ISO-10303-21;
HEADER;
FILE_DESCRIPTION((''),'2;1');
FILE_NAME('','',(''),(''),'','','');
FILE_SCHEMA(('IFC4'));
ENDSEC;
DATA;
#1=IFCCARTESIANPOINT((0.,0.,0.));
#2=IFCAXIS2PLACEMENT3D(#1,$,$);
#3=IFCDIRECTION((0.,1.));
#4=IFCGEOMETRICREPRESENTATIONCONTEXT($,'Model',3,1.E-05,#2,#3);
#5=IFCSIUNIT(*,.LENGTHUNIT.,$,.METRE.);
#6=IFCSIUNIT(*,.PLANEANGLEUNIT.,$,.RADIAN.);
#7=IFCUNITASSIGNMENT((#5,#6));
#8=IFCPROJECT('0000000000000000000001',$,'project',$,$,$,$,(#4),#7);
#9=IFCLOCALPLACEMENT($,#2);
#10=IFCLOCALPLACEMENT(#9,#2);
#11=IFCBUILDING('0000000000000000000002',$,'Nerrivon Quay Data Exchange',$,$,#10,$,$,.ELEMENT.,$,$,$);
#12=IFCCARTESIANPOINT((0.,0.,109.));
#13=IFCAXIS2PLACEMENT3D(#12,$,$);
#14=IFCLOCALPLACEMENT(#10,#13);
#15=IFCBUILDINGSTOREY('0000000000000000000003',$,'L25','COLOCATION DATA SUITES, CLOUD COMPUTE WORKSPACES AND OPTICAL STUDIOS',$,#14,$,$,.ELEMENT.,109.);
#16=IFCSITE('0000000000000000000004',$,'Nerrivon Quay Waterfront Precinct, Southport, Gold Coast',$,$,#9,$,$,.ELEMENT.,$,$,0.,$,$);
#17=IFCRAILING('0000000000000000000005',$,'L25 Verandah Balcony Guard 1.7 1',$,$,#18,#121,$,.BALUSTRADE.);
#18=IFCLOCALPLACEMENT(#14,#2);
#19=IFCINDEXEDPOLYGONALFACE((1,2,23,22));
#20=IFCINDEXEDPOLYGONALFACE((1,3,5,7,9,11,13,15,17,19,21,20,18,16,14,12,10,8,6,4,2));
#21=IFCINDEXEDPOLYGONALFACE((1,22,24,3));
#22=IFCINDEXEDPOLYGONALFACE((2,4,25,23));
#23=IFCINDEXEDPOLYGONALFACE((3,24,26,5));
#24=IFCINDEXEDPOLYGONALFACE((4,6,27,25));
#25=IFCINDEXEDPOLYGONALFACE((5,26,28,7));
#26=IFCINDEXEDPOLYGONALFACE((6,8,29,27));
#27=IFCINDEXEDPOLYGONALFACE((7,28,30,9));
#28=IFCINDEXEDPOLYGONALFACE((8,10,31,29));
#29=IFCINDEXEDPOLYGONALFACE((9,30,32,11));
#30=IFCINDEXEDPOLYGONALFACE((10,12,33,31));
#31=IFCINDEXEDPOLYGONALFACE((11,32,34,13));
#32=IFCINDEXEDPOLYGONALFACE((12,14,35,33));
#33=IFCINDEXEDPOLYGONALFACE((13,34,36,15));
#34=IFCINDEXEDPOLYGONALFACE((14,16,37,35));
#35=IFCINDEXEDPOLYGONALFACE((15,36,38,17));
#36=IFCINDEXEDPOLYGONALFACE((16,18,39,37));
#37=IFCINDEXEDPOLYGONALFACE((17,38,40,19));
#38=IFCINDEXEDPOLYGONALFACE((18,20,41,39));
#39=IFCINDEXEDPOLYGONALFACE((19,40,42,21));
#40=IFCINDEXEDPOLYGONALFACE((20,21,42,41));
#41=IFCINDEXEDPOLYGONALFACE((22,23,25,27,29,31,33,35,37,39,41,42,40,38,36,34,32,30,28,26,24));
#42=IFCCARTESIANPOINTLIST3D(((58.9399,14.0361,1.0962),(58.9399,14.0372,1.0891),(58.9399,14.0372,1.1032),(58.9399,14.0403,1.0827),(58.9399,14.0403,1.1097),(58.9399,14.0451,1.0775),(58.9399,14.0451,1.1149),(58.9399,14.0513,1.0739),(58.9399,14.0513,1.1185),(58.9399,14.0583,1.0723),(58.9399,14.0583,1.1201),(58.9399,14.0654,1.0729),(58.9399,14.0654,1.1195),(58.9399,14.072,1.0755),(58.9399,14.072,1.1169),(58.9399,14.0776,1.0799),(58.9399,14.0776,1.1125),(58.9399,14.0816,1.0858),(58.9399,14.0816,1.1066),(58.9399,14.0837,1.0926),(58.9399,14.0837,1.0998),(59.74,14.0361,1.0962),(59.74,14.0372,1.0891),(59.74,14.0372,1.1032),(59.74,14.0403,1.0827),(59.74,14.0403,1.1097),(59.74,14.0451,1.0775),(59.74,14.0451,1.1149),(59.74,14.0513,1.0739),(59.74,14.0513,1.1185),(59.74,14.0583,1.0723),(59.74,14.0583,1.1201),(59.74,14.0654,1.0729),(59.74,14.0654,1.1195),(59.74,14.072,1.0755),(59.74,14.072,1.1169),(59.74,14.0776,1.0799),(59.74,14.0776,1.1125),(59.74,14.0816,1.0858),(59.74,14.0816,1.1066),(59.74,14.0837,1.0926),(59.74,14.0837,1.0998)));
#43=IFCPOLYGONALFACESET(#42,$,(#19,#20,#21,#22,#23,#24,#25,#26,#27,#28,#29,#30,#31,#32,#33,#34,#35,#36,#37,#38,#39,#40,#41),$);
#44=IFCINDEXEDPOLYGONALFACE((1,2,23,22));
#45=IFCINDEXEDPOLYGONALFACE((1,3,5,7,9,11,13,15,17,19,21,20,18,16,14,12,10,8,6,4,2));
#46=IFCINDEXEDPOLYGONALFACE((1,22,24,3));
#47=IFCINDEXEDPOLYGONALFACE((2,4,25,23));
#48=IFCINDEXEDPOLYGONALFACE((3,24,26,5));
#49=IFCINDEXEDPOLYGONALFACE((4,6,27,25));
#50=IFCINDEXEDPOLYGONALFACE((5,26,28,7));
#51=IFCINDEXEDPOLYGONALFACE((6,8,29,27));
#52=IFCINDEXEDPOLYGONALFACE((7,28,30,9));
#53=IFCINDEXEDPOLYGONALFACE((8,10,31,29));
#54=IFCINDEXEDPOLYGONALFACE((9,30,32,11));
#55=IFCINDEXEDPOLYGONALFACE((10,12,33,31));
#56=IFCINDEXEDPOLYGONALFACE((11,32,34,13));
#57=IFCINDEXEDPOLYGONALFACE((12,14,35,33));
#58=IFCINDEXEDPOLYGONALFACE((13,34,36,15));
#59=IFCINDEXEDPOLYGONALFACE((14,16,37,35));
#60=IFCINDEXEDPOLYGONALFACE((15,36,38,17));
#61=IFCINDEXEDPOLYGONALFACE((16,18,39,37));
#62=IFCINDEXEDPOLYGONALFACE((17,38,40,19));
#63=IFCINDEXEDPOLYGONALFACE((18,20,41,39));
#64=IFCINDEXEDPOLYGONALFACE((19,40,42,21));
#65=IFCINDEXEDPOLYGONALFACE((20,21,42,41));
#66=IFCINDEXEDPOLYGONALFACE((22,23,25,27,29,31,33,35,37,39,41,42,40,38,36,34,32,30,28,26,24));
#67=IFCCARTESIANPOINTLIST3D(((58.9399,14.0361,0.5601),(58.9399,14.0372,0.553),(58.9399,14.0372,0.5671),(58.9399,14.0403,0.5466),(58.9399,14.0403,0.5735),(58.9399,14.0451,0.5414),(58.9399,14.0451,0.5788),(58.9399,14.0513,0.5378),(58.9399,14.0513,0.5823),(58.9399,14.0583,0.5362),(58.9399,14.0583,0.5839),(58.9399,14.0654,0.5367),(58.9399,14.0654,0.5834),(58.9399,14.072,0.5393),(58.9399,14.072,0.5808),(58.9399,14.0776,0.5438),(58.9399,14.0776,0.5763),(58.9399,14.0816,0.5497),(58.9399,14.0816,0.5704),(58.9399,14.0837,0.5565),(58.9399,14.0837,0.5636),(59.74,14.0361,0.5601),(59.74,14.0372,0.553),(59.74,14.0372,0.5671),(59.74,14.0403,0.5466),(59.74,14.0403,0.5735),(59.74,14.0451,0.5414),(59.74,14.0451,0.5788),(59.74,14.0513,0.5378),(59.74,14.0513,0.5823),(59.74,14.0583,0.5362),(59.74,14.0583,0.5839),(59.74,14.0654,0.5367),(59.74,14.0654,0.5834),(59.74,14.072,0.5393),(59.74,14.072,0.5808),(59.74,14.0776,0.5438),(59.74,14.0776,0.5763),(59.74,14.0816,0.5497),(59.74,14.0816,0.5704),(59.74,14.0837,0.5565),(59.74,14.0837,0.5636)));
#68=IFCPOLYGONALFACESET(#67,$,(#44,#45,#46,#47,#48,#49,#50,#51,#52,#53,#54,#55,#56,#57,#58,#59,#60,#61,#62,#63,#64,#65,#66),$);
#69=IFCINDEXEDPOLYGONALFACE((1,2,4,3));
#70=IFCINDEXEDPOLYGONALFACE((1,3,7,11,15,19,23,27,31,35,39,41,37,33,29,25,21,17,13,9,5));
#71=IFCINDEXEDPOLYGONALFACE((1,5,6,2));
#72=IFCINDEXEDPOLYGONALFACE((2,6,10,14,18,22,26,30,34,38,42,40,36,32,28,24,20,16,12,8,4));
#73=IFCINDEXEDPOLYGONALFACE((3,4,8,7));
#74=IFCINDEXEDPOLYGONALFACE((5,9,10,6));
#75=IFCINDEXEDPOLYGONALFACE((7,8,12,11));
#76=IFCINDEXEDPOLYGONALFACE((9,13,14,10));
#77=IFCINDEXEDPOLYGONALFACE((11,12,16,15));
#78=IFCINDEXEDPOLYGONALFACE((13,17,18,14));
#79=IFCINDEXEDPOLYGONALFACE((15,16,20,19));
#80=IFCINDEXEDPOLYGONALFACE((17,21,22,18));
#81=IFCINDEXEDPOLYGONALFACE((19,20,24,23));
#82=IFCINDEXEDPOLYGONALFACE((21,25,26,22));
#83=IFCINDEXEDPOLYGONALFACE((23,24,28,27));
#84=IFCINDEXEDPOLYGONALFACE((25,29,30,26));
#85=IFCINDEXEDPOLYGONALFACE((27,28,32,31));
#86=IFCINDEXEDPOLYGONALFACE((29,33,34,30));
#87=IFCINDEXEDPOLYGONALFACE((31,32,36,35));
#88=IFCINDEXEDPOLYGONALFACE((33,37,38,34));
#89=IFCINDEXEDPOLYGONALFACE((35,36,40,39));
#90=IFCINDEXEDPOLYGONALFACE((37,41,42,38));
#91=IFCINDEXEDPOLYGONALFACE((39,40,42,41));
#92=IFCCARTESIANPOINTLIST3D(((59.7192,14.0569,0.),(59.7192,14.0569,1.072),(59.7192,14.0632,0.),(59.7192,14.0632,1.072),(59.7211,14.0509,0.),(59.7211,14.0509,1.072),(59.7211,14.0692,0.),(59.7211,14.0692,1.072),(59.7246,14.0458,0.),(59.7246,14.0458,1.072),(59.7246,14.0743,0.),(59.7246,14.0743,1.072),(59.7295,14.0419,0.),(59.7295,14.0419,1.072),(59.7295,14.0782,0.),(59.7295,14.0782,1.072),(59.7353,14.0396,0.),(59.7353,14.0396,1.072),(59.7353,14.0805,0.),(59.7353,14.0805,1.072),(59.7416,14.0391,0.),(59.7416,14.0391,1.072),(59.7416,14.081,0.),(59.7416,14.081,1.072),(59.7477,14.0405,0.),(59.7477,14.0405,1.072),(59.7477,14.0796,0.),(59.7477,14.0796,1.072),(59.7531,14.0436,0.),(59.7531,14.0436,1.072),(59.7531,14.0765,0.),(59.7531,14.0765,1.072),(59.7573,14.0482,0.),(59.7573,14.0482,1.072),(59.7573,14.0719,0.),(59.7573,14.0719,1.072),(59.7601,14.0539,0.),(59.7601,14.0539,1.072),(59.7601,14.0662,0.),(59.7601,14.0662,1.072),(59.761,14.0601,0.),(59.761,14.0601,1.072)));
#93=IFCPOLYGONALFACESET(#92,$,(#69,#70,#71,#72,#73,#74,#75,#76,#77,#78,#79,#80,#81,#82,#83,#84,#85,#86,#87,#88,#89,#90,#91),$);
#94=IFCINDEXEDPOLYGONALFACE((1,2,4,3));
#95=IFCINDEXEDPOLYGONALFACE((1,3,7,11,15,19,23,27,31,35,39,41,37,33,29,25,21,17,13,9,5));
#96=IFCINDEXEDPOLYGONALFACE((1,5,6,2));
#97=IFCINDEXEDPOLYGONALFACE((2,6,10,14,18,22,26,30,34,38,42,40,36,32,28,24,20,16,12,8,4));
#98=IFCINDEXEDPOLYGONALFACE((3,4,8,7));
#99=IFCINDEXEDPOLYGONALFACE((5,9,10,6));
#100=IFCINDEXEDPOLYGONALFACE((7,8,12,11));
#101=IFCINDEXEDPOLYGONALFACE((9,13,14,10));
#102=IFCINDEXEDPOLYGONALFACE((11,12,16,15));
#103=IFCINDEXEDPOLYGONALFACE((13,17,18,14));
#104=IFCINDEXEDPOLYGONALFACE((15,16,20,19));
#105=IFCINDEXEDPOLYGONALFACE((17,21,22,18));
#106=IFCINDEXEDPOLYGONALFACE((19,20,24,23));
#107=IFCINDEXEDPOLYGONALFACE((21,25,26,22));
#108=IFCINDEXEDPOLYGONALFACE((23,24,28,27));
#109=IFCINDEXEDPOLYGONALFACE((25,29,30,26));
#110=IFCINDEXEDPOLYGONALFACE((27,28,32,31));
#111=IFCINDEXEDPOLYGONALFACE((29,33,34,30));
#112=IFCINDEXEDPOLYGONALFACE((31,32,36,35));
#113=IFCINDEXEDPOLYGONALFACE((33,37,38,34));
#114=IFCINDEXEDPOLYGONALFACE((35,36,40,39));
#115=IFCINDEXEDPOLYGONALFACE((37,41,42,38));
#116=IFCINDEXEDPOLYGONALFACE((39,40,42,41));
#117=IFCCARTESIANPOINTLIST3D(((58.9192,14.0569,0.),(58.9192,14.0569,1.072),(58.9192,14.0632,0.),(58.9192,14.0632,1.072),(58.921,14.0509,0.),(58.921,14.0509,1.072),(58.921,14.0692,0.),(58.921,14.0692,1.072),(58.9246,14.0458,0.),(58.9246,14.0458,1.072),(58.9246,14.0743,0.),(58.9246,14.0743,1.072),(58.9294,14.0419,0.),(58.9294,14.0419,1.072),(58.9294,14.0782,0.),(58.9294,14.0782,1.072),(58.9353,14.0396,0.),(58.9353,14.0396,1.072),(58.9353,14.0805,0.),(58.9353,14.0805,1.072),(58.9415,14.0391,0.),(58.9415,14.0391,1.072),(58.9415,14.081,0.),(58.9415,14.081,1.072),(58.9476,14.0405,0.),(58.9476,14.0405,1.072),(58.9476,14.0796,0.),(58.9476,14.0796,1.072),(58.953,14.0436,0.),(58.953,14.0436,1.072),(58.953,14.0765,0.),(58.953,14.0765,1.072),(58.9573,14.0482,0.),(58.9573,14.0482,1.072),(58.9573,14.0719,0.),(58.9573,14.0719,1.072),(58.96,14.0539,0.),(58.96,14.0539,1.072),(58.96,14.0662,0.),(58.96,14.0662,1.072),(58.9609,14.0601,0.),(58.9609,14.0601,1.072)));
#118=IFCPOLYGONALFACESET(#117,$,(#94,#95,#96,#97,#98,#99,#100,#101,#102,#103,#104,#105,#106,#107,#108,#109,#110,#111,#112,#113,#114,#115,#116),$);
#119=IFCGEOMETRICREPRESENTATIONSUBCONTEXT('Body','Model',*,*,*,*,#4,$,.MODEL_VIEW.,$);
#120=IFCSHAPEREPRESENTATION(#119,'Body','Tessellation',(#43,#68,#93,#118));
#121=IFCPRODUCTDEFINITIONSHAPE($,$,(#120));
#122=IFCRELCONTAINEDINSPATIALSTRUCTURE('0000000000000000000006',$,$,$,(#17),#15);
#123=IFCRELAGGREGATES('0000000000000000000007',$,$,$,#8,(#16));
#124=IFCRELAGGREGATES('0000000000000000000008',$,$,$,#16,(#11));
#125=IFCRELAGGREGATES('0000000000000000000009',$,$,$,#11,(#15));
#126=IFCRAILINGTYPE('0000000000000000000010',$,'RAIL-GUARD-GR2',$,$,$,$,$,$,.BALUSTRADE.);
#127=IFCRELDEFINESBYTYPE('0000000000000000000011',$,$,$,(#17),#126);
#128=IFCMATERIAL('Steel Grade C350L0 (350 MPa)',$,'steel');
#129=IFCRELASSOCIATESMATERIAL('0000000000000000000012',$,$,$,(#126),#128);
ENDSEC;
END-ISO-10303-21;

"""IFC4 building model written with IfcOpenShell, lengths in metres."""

from ifc_helpers import new_model, si_unit, direction, frame, origin, origin_2d, place, context, subcontext, project, spatial, circle, extrude, material, type_object, element, save


model = new_model("IFC4")

# Units and contexts
model_context = context("Model", 3, precision=1e-05, world=origin(), true_north=direction((0.0, 1.0)))
body_context = subcontext(model_context, "Body", "Model", "MODEL_VIEW")
ifc_project = project(units=[si_unit("LENGTHUNIT", "METRE"), si_unit("PLANEANGLEUNIT", "RADIAN")], contexts=[model_context])

# Site, building, storey
site_placement = place(None, origin())
site = spatial("IfcSite", under=ifc_project, at=site_placement, Name="Nerrivon Quay Waterfront Precinct, Southport, Gold Coast", CompositionType="ELEMENT", RefElevation=0.0)
building_placement = place(site_placement, origin())
building = spatial("IfcBuilding", under=site, at=building_placement, Name="Nerrivon Quay Data Exchange", CompositionType="ELEMENT")
storey_placement = place(building_placement, frame((0.0, 0.0, 109.0)))
storey = spatial("IfcBuildingStorey", under=building, at=storey_placement, Name="L25", Description="COLOCATION DATA SUITES, CLOUD COMPUTE WORKSPACES AND OPTICAL STUDIOS", CompositionType="ELEMENT", Elevation=109.0)

# Shared definitions
ifc_material_1 = material(Name="Steel Grade C350L0 (350 MPa)", Category="steel")

# Railing
railing_type = type_object("IfcRailingType", Name="RAIL-GUARD-GR2", PredefinedType="BALUSTRADE", material=ifc_material_1)
railing_1_placement = place(storey_placement, frame((59.74, 14.0601, 0.0)))
element("IfcRailing", 1, at=railing_1_placement, inside=storey, type_object=railing_type, Name="L25 Verandah Balcony Guard 1.7 1", PredefinedType="BALUSTRADE", context=body_context, shape_type="SweptSolid", body=[
    extrude(circle(Radius=0.0239, at=origin_2d()), frame((0.0, 0.0, 1.0962), z_axis=(-1.0, 0.0, 0.0), x_axis=(0.0, -1.0, 0.0)), (0.0, 0.0, 1.0), 0.8),
    extrude(circle(Radius=0.0239, at=origin_2d()), frame((0.0, 0.0, 0.5601), z_axis=(-1.0, 0.0, 0.0), x_axis=(0.0, -1.0, 0.0)), (0.0, 0.0, 1.0), 0.8),
    extrude(circle(Radius=0.021, at=origin_2d()), origin(), (0.0, 0.0, 1.0), 1.072),
    extrude(circle(Radius=0.021, at=origin_2d()), frame((-0.8, 0.0, 0.0)), (0.0, 0.0, 1.0), 1.072),
])

save(model, "model.ifc")
